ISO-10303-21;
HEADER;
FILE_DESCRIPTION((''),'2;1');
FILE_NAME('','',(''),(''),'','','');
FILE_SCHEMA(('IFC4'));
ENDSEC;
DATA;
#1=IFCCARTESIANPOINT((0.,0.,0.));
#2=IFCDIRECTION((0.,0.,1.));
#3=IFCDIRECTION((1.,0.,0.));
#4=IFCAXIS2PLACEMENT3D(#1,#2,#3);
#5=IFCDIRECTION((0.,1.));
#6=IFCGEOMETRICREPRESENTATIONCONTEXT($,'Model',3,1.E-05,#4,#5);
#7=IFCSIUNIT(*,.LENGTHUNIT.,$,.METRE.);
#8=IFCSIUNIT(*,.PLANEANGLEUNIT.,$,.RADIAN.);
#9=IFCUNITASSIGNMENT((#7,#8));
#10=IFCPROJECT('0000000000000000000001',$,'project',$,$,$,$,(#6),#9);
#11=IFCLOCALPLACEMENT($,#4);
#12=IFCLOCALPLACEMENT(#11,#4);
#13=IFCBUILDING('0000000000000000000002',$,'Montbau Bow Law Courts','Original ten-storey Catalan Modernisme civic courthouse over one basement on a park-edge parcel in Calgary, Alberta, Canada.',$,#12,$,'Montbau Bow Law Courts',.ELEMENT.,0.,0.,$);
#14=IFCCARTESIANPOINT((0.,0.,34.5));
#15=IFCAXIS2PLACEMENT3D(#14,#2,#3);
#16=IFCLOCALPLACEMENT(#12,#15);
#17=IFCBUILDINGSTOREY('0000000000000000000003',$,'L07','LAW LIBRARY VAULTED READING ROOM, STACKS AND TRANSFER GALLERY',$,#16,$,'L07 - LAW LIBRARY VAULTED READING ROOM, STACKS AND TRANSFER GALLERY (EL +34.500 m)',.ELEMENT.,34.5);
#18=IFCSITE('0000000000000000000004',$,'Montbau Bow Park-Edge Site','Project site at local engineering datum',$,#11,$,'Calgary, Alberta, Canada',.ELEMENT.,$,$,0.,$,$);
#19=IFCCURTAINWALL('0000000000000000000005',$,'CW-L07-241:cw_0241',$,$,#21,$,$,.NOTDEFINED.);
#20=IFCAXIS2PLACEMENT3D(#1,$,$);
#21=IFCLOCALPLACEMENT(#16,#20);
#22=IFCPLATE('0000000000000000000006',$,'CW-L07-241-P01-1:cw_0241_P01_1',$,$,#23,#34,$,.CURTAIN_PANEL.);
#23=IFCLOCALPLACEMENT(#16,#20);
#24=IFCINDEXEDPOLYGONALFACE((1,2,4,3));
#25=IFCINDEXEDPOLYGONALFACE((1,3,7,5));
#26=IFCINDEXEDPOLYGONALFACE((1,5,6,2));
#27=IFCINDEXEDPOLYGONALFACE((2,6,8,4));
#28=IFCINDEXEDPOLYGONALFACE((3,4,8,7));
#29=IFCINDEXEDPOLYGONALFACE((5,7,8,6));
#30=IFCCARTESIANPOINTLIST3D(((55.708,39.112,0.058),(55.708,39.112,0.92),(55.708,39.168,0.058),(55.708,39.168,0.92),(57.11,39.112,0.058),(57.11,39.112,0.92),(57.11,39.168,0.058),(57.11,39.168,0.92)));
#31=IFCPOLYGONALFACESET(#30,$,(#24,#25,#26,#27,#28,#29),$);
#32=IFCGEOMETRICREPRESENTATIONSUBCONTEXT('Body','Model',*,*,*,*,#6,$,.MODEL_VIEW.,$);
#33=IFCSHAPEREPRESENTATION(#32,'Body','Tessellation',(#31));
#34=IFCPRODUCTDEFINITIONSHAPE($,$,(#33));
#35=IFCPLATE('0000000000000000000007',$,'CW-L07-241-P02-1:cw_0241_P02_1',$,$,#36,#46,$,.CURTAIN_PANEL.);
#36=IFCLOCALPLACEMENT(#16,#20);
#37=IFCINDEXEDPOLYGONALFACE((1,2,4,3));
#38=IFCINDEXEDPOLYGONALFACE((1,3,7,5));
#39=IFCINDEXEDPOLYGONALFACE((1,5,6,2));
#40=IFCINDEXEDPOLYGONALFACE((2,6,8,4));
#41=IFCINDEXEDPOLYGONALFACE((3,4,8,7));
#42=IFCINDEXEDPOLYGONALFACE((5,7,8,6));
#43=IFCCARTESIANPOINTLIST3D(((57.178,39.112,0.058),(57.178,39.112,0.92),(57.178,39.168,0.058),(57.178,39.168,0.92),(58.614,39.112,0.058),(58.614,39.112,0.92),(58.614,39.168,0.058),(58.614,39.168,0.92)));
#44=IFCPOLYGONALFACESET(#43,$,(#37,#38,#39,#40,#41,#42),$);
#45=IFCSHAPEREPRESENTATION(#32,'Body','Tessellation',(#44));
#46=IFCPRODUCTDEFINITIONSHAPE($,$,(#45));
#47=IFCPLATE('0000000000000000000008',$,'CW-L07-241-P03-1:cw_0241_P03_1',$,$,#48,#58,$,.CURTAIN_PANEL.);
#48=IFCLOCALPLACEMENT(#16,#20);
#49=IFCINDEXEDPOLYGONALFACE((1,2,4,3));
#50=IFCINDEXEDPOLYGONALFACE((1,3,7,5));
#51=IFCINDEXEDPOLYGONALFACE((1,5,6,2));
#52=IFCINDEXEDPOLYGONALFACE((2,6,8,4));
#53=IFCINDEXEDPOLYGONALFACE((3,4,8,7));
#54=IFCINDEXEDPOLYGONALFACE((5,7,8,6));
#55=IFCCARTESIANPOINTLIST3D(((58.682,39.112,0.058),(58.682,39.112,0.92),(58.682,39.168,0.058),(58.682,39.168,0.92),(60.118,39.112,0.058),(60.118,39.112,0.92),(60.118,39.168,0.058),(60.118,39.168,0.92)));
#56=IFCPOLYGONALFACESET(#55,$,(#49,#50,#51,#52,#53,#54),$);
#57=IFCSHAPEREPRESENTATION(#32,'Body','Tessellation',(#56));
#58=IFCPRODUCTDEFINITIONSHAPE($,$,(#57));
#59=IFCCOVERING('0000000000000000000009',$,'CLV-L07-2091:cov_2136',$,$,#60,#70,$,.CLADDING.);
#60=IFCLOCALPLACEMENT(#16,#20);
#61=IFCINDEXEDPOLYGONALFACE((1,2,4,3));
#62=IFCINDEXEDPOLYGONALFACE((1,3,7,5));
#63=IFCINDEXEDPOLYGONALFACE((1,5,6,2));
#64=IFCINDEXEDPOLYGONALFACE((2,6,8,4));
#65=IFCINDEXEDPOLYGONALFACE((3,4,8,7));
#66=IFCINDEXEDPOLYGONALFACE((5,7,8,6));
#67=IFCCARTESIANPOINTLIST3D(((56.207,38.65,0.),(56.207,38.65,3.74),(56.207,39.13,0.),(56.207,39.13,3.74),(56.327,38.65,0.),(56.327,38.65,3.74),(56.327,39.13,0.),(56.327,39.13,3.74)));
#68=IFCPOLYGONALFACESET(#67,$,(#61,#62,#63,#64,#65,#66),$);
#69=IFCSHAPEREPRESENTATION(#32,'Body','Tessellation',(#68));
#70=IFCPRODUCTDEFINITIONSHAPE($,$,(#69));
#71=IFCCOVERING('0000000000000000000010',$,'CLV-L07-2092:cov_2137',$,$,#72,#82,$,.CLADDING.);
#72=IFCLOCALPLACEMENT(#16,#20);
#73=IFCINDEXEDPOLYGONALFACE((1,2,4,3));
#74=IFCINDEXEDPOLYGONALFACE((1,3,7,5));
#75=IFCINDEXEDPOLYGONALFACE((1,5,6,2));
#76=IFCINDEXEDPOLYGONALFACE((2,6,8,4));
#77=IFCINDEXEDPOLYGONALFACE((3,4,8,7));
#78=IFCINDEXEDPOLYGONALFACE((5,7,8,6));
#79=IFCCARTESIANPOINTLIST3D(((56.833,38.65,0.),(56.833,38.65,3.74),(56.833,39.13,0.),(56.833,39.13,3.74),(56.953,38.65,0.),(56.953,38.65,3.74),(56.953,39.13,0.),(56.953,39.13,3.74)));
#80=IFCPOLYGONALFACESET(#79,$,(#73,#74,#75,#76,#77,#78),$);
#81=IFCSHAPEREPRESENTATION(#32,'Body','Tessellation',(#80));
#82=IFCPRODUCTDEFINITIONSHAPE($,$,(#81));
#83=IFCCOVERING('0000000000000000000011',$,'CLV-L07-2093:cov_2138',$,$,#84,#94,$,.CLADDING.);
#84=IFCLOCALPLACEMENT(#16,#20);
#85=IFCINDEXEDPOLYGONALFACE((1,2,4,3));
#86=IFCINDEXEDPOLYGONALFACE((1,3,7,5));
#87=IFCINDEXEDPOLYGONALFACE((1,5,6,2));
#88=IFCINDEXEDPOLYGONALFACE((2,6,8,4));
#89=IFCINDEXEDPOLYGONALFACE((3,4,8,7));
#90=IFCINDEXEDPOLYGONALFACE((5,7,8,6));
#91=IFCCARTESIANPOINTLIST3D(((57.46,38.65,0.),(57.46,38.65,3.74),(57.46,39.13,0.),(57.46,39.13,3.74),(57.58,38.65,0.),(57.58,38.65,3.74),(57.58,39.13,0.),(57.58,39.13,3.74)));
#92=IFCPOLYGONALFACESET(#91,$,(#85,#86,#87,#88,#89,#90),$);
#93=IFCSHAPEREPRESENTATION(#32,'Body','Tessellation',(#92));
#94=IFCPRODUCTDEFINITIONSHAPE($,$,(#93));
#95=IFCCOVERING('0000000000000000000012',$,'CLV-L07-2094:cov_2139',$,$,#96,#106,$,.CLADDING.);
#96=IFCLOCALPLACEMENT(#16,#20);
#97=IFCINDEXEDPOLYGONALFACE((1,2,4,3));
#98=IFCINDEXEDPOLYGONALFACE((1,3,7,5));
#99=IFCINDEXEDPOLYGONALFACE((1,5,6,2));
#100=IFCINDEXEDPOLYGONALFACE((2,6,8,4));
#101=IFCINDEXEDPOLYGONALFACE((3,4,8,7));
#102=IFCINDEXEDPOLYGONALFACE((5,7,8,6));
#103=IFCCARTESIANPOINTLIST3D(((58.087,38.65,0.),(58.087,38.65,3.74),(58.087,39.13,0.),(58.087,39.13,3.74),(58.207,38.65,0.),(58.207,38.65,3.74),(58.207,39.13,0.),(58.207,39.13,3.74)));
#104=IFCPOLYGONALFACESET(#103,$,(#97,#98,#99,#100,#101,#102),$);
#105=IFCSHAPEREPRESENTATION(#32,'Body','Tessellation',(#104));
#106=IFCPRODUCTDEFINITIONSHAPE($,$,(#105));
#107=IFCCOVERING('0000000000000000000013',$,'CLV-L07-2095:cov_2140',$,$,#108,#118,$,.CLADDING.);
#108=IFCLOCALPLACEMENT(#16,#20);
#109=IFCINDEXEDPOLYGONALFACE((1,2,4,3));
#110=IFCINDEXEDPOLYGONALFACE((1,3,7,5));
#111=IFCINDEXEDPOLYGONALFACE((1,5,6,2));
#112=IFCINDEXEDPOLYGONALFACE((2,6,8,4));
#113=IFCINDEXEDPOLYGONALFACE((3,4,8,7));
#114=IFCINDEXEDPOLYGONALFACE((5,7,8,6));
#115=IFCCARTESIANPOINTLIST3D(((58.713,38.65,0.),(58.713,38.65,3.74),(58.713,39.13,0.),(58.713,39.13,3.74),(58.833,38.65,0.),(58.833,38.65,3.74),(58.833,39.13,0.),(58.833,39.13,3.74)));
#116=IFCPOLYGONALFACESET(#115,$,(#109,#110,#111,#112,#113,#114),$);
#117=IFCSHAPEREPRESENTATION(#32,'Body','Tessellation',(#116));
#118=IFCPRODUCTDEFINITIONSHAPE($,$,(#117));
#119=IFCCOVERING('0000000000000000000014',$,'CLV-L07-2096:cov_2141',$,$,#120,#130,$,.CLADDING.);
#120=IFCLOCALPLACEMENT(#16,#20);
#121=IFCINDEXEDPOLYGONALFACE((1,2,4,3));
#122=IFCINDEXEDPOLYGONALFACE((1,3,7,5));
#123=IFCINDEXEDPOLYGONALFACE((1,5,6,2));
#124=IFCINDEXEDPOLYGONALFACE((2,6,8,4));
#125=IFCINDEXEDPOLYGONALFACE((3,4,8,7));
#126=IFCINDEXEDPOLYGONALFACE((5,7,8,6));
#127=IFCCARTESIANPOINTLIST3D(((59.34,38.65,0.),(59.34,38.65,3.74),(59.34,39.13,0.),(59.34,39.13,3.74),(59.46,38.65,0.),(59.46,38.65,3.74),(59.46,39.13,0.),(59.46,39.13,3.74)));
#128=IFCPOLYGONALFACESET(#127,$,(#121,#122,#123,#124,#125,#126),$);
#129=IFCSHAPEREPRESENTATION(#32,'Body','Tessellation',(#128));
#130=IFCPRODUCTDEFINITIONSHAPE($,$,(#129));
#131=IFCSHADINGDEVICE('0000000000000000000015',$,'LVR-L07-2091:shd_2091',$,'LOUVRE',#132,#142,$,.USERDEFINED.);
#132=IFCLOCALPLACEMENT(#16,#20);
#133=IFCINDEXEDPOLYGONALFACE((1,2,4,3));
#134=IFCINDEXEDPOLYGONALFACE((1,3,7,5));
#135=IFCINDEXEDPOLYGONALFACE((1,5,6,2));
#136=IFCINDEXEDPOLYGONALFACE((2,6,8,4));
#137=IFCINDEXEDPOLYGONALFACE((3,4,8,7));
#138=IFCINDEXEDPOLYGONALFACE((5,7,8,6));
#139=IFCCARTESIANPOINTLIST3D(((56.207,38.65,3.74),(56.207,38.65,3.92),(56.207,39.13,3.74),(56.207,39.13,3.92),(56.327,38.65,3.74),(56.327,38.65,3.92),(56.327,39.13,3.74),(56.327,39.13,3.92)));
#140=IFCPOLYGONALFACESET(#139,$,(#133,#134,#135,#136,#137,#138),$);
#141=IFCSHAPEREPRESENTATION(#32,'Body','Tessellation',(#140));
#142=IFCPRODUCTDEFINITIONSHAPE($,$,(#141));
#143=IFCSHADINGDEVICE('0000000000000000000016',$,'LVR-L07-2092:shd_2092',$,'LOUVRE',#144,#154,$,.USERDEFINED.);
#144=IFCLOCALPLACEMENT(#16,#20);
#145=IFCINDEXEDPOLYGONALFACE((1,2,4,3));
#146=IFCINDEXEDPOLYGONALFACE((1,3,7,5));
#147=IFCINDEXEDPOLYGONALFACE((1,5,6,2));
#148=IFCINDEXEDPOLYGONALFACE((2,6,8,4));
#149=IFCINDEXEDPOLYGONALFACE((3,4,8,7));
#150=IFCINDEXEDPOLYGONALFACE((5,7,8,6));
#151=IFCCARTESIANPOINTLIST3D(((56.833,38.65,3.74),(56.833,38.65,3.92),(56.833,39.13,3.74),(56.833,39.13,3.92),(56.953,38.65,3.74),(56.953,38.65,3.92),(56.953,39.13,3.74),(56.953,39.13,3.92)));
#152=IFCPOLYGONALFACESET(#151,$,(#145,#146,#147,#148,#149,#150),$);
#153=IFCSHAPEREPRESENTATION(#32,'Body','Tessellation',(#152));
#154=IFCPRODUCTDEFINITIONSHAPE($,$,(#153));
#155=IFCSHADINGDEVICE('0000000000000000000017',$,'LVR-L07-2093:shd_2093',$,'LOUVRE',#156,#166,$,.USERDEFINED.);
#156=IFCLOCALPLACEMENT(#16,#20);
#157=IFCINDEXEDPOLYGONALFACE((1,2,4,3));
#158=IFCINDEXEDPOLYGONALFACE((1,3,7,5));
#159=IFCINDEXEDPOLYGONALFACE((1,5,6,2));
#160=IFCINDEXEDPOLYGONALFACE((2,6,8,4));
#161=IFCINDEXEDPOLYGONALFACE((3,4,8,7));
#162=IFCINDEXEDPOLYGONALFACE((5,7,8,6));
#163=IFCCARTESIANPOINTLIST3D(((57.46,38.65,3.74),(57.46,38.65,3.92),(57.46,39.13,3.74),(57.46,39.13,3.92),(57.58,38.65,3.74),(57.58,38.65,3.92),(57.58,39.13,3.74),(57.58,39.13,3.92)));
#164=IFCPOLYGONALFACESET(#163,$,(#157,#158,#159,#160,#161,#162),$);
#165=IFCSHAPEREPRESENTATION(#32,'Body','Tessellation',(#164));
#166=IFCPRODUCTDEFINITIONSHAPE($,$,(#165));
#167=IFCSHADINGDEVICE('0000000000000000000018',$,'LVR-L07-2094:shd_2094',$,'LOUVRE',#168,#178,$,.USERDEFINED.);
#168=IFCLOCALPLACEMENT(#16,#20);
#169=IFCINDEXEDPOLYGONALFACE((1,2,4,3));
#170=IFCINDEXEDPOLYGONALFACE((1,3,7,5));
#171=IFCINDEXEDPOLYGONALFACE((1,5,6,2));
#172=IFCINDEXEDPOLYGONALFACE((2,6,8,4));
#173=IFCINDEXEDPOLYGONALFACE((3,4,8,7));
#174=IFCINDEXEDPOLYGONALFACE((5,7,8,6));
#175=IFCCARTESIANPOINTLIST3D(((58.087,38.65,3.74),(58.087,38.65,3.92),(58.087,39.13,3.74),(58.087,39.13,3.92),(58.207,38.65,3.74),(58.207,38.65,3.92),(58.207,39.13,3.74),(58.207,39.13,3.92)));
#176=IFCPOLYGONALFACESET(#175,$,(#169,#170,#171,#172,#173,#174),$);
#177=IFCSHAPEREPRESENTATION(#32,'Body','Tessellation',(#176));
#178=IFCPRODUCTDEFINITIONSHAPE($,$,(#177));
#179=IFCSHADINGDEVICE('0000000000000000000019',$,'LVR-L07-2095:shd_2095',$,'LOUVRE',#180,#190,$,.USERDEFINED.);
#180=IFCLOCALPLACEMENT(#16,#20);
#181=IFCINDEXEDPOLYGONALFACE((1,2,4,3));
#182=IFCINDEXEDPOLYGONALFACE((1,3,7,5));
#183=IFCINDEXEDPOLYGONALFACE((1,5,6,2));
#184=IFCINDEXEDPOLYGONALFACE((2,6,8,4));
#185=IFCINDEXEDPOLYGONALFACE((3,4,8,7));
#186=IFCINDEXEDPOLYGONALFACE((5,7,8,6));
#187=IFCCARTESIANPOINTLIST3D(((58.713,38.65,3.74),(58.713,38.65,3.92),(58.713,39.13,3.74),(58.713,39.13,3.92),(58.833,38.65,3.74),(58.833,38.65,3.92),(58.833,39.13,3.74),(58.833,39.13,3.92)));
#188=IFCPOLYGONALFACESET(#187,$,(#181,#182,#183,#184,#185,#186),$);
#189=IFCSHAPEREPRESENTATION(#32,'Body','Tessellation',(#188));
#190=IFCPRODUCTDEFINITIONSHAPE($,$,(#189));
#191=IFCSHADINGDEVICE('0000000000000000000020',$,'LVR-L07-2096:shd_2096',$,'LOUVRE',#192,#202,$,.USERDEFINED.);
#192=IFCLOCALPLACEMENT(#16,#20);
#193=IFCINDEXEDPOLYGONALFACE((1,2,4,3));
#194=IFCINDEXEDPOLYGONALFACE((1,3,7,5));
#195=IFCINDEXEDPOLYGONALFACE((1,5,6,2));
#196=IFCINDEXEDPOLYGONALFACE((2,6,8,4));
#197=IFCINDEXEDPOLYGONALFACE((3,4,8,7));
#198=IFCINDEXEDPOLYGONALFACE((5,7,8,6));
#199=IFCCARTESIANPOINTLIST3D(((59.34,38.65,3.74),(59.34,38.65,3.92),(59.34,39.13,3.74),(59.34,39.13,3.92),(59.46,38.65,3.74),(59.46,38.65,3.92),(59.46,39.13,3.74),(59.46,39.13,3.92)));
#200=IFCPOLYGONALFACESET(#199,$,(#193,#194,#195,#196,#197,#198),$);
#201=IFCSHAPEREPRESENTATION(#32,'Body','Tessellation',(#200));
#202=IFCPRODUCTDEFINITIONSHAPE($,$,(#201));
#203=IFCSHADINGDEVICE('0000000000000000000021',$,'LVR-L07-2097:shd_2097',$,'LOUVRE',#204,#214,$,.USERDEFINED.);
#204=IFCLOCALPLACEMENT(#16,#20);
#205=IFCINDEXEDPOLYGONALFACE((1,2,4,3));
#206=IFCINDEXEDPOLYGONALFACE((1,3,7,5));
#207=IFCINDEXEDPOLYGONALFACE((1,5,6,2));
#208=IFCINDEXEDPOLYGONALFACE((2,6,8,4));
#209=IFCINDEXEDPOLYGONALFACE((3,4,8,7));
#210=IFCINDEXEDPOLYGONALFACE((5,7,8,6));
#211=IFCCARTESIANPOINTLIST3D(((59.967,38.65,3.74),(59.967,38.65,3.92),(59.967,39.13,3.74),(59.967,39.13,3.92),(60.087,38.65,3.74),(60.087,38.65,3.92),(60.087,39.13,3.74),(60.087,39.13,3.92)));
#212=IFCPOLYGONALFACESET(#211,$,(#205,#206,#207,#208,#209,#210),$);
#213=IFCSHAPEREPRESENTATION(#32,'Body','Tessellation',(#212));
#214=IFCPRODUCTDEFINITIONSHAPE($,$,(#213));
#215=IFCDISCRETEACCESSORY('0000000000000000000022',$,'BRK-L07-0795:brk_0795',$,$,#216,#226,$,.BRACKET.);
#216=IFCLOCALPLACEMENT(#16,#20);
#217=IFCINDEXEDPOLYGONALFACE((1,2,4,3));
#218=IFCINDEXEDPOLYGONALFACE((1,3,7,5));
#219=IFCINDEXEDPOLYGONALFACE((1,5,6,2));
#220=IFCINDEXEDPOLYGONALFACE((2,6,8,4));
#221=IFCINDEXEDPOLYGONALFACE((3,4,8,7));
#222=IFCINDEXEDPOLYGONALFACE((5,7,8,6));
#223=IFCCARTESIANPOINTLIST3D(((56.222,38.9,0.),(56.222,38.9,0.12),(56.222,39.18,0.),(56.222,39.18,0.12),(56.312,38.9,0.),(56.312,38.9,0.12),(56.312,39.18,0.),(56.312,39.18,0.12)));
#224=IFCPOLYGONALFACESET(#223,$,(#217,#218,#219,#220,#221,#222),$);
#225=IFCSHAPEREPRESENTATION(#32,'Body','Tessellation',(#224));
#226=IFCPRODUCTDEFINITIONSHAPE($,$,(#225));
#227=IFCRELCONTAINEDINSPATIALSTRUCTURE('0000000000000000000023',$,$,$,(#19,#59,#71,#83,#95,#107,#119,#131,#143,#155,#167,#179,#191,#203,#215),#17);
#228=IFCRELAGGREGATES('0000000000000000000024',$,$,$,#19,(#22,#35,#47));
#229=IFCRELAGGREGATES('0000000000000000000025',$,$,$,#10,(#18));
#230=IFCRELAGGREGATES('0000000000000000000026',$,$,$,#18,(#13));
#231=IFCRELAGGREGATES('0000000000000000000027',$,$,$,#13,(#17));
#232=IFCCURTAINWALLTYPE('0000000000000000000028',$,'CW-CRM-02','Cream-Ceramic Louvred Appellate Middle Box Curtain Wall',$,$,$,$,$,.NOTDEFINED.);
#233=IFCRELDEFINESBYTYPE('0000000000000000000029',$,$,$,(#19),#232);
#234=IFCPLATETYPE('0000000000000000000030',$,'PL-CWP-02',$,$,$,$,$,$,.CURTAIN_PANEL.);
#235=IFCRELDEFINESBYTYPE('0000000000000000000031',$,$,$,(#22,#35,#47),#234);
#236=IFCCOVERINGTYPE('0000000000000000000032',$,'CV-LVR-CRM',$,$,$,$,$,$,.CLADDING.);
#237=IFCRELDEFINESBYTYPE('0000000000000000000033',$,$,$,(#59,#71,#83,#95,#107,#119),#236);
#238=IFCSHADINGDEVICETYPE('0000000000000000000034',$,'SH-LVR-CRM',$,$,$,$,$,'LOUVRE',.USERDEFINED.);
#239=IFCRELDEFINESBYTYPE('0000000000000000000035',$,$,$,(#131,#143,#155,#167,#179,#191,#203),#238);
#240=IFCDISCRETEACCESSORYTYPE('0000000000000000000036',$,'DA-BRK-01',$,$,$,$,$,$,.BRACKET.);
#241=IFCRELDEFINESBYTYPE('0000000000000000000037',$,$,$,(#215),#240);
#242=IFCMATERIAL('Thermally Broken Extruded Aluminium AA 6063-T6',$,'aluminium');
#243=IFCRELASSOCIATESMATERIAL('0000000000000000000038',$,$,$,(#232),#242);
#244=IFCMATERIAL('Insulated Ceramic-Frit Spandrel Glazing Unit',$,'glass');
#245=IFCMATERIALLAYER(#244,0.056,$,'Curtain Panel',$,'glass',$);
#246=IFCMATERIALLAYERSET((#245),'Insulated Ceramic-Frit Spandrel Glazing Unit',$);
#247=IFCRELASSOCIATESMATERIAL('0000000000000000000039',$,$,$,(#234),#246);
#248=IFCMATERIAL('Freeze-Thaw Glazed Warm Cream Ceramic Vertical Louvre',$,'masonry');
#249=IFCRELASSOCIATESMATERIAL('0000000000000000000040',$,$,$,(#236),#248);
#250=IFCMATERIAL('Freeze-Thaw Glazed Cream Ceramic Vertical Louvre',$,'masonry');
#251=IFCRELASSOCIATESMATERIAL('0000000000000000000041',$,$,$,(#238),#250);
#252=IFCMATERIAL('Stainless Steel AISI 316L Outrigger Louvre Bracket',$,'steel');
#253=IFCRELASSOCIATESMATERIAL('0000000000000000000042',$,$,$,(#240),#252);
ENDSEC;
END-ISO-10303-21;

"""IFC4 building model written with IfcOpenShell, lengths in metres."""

from ifc_helpers import new_model, si_unit, direction, frame, frame_2d, origin_with_axes, origin_2d_with_axis, place, context, subcontext, project, spatial, rectangle, extrude, material, layer, layer_set, type_object, element, aggregate, save


model = new_model("IFC4")

# Units and contexts
model_context = context("Model", 3, precision=1e-05, world=origin_with_axes(), true_north=direction((0.0, 1.0)))
body_context = subcontext(model_context, "Body", "Model", "MODEL_VIEW")
ifc_project = project(units=[si_unit("LENGTHUNIT", "METRE"), si_unit("PLANEANGLEUNIT", "RADIAN")], contexts=[model_context])

# Site, building, storey
site_placement = place(None, origin_with_axes())
site = spatial("IfcSite", under=ifc_project, at=site_placement, Name="Montbau Bow Park-Edge Site", Description="Project site at local engineering datum", LongName="Calgary, Alberta, Canada", CompositionType="ELEMENT", RefElevation=0.0)
building_placement = place(site_placement, origin_with_axes())
building = spatial("IfcBuilding", under=site, at=building_placement, Name="Montbau Bow Law Courts", Description="Original ten-storey Catalan Modernisme civic courthouse over one basement on a park-edge parcel in Calgary, Alberta, Canada.", LongName="Montbau Bow Law Courts", CompositionType="ELEMENT", ElevationOfRefHeight=0.0, ElevationOfTerrain=0.0)
storey_placement = place(building_placement, frame((0.0, 0.0, 34.5), z_axis=(0.0, 0.0, 1.0), x_axis=(1.0, 0.0, 0.0)))
storey = spatial("IfcBuildingStorey", under=building, at=storey_placement, Name="L07", Description="LAW LIBRARY VAULTED READING ROOM, STACKS AND TRANSFER GALLERY", LongName="L07 - LAW LIBRARY VAULTED READING ROOM, STACKS AND TRANSFER GALLERY (EL +34.500 m)", CompositionType="ELEMENT", Elevation=34.5)

# Curtain wall, plates
ifc_material_1 = material(Name="Thermally Broken Extruded Aluminium AA 6063-T6", Category="aluminium")
curtain_wall_type = type_object("IfcCurtainWallType", Name="CW-CRM-02", Description="Cream-Ceramic Louvred Appellate Middle Box Curtain Wall", PredefinedType="NOTDEFINED", material=ifc_material_1)
curtain_wall_placement = place(None, frame((55.64, 39.14, 34.5), z_axis=(0.0, 0.0, 1.0), x_axis=(1.0, 0.0, 0.0)))
curtain_wall = element("IfcCurtainWall", 1, at=curtain_wall_placement, inside=storey, type_object=curtain_wall_type, Name="CW-L07-241:cw_0241", PredefinedType="NOTDEFINED")
ifc_material_2 = material(Name="Insulated Ceramic-Frit Spandrel Glazing Unit", Category="glass")
ifc_layer_1 = layer(ifc_material_2, 0.056, Name="Curtain Panel", Category="glass")
ifc_layer_set_1 = layer_set([ifc_layer_1], Name="Insulated Ceramic-Frit Spandrel Glazing Unit")
plate_type_1 = type_object("IfcPlateType", Name="PL-CWP-02", PredefinedType="CURTAIN_PANEL", material=ifc_layer_set_1)
plate_1_placement = place(None, frame((55.708, 39.14, 34.558), z_axis=(0.0, -1.0, 0.0), x_axis=(1.0, 0.0, 0.0)))
plate_1 = element("IfcPlate", 2, at=plate_1_placement, type_object=plate_type_1, Name="CW-L07-241-P01-1:cw_0241_P01_1", PredefinedType="CURTAIN_PANEL", context=body_context, shape_type="SweptSolid", body=[
    extrude(rectangle(XDim=1.402, YDim=0.862, at=frame_2d((0.701, 0.431), x_axis=(1.0, 0.0))), frame((0.0, 0.0, -0.028), z_axis=(0.0, 0.0, 1.0), x_axis=(1.0, 0.0, 0.0)), (0.0, 0.0, 1.0), 0.056),
])
plate_2_placement = place(None, frame((57.178, 39.14, 34.558), z_axis=(0.0, -1.0, 0.0), x_axis=(1.0, 0.0, 0.0)))
plate_2 = element("IfcPlate", 3, at=plate_2_placement, type_object=plate_type_1, Name="CW-L07-241-P02-1:cw_0241_P02_1", PredefinedType="CURTAIN_PANEL", context=body_context, shape_type="SweptSolid", body=[
    extrude(rectangle(XDim=1.436, YDim=0.862, at=frame_2d((0.718, 0.431), x_axis=(1.0, 0.0))), frame((0.0, 0.0, -0.028), z_axis=(0.0, 0.0, 1.0), x_axis=(1.0, 0.0, 0.0)), (0.0, 0.0, 1.0), 0.056),
])
plate_3_placement = place(None, frame((58.682, 39.14, 34.558), z_axis=(0.0, -1.0, 0.0), x_axis=(1.0, 0.0, 0.0)))
plate_3 = element("IfcPlate", 4, at=plate_3_placement, type_object=plate_type_1, Name="CW-L07-241-P03-1:cw_0241_P03_1", PredefinedType="CURTAIN_PANEL", context=body_context, shape_type="SweptSolid", body=[
    extrude(rectangle(XDim=1.436, YDim=0.862, at=frame_2d((0.718, 0.431), x_axis=(1.0, 0.0))), frame((0.0, 0.0, -0.028), z_axis=(0.0, 0.0, 1.0), x_axis=(1.0, 0.0, 0.0)), (0.0, 0.0, 1.0), 0.056),
])
aggregate(curtain_wall, [plate_1, plate_2, plate_3])

# Coverings
ifc_material_3 = material(Name="Freeze-Thaw Glazed Warm Cream Ceramic Vertical Louvre", Category="masonry")
covering_type = type_object("IfcCoveringType", Name="CV-LVR-CRM", PredefinedType="CLADDING", material=ifc_material_3)
for number, where, z_axis, x_axis, name in (
    (5, (56.267, 39.13, 34.5), (-1.0, 0.0, 0.0), (0.0, -1.0, 0.0), "CLV-L07-2091:cov_2136"),
    (6, (56.893, 39.13, 34.5), (-1.0, 0.0, 0.0), (0.0, -1.0, 0.0), "CLV-L07-2092:cov_2137"),
    (7, (57.52, 39.13, 34.5), (-1.0, 0.0, 0.0), (0.0, -1.0, 0.0), "CLV-L07-2093:cov_2138"),
    (8, (58.147, 39.13, 34.5), (-1.0, 0.0, 0.0), (0.0, -1.0, 0.0), "CLV-L07-2094:cov_2139"),
    (9, (58.773, 39.13, 34.5), (-1.0, 0.0, 0.0), (0.0, -1.0, 0.0), "CLV-L07-2095:cov_2140"),
    (10, (59.4, 39.13, 34.5), (-1.0, 0.0, 0.0), (0.0, -1.0, 0.0), "CLV-L07-2096:cov_2141"),
):
    element("IfcCovering", number, at=place(None, frame(where, z_axis=z_axis, x_axis=x_axis)), inside=storey, type_object=covering_type, Name=name, PredefinedType="CLADDING", context=body_context, shape_type="SweptSolid", body=[
        extrude(rectangle(XDim=0.48, YDim=3.74, at=frame_2d((0.24, 1.87), x_axis=(1.0, 0.0))), frame((0.0, 0.0, -0.06), z_axis=(0.0, 0.0, 1.0), x_axis=(1.0, 0.0, 0.0)), (0.0, 0.0, 1.0), 0.12),
    ])

# Shading devices
ifc_material_4 = material(Name="Freeze-Thaw Glazed Cream Ceramic Vertical Louvre", Category="masonry")
shading_device_type = type_object("IfcShadingDeviceType", Name="SH-LVR-CRM", ElementType="LOUVRE", PredefinedType="USERDEFINED", material=ifc_material_4)
for number, where, z_axis, x_axis, name in (
    (11, (56.267, 38.89, 38.24), (0.0, 0.0, 1.0), (0.0, -1.0, 0.0), "LVR-L07-2091:shd_2091"),
    (12, (56.893, 38.89, 38.24), (0.0, 0.0, 1.0), (0.0, -1.0, 0.0), "LVR-L07-2092:shd_2092"),
    (13, (57.52, 38.89, 38.24), (0.0, 0.0, 1.0), (0.0, -1.0, 0.0), "LVR-L07-2093:shd_2093"),
    (14, (58.147, 38.89, 38.24), (0.0, 0.0, 1.0), (0.0, -1.0, 0.0), "LVR-L07-2094:shd_2094"),
    (15, (58.773, 38.89, 38.24), (0.0, 0.0, 1.0), (0.0, -1.0, 0.0), "LVR-L07-2095:shd_2095"),
    (16, (59.4, 38.89, 38.24), (0.0, 0.0, 1.0), (0.0, -1.0, 0.0), "LVR-L07-2096:shd_2096"),
    (17, (60.027, 38.89, 38.24), (0.0, 0.0, 1.0), (0.0, -1.0, 0.0), "LVR-L07-2097:shd_2097"),
):
    element("IfcShadingDevice", number, at=place(None, frame(where, z_axis=z_axis, x_axis=x_axis)), inside=storey, type_object=shading_device_type, Name=name, ObjectType="LOUVRE", PredefinedType="USERDEFINED", context=body_context, shape_type="SweptSolid", body=[
        extrude(rectangle(XDim=0.48, YDim=0.12, at=origin_2d_with_axis()), origin_with_axes(), (0.0, 0.0, 1.0), 0.18),
    ])

# Discrete accessory
ifc_material_5 = material(Name="Stainless Steel AISI 316L Outrigger Louvre Bracket", Category="steel")
discrete_accessory_type = type_object("IfcDiscreteAccessoryType", Name="DA-BRK-01", PredefinedType="BRACKET", material=ifc_material_5)
for number, where, z_axis, x_axis, name in (
    (18, (56.267, 39.04, 34.5), (0.0, 0.0, 1.0), (0.0, -1.0, 0.0), "BRK-L07-0795:brk_0795"),
):
    element("IfcDiscreteAccessory", number, at=place(None, frame(where, z_axis=z_axis, x_axis=x_axis)), inside=storey, type_object=discrete_accessory_type, Name=name, PredefinedType="BRACKET", context=body_context, shape_type="SweptSolid", body=[
        extrude(rectangle(XDim=0.28, YDim=0.09, at=origin_2d_with_axis()), origin_with_axes(), (0.0, 0.0, 1.0), 0.12),
    ])

save(model, "model.ifc")
